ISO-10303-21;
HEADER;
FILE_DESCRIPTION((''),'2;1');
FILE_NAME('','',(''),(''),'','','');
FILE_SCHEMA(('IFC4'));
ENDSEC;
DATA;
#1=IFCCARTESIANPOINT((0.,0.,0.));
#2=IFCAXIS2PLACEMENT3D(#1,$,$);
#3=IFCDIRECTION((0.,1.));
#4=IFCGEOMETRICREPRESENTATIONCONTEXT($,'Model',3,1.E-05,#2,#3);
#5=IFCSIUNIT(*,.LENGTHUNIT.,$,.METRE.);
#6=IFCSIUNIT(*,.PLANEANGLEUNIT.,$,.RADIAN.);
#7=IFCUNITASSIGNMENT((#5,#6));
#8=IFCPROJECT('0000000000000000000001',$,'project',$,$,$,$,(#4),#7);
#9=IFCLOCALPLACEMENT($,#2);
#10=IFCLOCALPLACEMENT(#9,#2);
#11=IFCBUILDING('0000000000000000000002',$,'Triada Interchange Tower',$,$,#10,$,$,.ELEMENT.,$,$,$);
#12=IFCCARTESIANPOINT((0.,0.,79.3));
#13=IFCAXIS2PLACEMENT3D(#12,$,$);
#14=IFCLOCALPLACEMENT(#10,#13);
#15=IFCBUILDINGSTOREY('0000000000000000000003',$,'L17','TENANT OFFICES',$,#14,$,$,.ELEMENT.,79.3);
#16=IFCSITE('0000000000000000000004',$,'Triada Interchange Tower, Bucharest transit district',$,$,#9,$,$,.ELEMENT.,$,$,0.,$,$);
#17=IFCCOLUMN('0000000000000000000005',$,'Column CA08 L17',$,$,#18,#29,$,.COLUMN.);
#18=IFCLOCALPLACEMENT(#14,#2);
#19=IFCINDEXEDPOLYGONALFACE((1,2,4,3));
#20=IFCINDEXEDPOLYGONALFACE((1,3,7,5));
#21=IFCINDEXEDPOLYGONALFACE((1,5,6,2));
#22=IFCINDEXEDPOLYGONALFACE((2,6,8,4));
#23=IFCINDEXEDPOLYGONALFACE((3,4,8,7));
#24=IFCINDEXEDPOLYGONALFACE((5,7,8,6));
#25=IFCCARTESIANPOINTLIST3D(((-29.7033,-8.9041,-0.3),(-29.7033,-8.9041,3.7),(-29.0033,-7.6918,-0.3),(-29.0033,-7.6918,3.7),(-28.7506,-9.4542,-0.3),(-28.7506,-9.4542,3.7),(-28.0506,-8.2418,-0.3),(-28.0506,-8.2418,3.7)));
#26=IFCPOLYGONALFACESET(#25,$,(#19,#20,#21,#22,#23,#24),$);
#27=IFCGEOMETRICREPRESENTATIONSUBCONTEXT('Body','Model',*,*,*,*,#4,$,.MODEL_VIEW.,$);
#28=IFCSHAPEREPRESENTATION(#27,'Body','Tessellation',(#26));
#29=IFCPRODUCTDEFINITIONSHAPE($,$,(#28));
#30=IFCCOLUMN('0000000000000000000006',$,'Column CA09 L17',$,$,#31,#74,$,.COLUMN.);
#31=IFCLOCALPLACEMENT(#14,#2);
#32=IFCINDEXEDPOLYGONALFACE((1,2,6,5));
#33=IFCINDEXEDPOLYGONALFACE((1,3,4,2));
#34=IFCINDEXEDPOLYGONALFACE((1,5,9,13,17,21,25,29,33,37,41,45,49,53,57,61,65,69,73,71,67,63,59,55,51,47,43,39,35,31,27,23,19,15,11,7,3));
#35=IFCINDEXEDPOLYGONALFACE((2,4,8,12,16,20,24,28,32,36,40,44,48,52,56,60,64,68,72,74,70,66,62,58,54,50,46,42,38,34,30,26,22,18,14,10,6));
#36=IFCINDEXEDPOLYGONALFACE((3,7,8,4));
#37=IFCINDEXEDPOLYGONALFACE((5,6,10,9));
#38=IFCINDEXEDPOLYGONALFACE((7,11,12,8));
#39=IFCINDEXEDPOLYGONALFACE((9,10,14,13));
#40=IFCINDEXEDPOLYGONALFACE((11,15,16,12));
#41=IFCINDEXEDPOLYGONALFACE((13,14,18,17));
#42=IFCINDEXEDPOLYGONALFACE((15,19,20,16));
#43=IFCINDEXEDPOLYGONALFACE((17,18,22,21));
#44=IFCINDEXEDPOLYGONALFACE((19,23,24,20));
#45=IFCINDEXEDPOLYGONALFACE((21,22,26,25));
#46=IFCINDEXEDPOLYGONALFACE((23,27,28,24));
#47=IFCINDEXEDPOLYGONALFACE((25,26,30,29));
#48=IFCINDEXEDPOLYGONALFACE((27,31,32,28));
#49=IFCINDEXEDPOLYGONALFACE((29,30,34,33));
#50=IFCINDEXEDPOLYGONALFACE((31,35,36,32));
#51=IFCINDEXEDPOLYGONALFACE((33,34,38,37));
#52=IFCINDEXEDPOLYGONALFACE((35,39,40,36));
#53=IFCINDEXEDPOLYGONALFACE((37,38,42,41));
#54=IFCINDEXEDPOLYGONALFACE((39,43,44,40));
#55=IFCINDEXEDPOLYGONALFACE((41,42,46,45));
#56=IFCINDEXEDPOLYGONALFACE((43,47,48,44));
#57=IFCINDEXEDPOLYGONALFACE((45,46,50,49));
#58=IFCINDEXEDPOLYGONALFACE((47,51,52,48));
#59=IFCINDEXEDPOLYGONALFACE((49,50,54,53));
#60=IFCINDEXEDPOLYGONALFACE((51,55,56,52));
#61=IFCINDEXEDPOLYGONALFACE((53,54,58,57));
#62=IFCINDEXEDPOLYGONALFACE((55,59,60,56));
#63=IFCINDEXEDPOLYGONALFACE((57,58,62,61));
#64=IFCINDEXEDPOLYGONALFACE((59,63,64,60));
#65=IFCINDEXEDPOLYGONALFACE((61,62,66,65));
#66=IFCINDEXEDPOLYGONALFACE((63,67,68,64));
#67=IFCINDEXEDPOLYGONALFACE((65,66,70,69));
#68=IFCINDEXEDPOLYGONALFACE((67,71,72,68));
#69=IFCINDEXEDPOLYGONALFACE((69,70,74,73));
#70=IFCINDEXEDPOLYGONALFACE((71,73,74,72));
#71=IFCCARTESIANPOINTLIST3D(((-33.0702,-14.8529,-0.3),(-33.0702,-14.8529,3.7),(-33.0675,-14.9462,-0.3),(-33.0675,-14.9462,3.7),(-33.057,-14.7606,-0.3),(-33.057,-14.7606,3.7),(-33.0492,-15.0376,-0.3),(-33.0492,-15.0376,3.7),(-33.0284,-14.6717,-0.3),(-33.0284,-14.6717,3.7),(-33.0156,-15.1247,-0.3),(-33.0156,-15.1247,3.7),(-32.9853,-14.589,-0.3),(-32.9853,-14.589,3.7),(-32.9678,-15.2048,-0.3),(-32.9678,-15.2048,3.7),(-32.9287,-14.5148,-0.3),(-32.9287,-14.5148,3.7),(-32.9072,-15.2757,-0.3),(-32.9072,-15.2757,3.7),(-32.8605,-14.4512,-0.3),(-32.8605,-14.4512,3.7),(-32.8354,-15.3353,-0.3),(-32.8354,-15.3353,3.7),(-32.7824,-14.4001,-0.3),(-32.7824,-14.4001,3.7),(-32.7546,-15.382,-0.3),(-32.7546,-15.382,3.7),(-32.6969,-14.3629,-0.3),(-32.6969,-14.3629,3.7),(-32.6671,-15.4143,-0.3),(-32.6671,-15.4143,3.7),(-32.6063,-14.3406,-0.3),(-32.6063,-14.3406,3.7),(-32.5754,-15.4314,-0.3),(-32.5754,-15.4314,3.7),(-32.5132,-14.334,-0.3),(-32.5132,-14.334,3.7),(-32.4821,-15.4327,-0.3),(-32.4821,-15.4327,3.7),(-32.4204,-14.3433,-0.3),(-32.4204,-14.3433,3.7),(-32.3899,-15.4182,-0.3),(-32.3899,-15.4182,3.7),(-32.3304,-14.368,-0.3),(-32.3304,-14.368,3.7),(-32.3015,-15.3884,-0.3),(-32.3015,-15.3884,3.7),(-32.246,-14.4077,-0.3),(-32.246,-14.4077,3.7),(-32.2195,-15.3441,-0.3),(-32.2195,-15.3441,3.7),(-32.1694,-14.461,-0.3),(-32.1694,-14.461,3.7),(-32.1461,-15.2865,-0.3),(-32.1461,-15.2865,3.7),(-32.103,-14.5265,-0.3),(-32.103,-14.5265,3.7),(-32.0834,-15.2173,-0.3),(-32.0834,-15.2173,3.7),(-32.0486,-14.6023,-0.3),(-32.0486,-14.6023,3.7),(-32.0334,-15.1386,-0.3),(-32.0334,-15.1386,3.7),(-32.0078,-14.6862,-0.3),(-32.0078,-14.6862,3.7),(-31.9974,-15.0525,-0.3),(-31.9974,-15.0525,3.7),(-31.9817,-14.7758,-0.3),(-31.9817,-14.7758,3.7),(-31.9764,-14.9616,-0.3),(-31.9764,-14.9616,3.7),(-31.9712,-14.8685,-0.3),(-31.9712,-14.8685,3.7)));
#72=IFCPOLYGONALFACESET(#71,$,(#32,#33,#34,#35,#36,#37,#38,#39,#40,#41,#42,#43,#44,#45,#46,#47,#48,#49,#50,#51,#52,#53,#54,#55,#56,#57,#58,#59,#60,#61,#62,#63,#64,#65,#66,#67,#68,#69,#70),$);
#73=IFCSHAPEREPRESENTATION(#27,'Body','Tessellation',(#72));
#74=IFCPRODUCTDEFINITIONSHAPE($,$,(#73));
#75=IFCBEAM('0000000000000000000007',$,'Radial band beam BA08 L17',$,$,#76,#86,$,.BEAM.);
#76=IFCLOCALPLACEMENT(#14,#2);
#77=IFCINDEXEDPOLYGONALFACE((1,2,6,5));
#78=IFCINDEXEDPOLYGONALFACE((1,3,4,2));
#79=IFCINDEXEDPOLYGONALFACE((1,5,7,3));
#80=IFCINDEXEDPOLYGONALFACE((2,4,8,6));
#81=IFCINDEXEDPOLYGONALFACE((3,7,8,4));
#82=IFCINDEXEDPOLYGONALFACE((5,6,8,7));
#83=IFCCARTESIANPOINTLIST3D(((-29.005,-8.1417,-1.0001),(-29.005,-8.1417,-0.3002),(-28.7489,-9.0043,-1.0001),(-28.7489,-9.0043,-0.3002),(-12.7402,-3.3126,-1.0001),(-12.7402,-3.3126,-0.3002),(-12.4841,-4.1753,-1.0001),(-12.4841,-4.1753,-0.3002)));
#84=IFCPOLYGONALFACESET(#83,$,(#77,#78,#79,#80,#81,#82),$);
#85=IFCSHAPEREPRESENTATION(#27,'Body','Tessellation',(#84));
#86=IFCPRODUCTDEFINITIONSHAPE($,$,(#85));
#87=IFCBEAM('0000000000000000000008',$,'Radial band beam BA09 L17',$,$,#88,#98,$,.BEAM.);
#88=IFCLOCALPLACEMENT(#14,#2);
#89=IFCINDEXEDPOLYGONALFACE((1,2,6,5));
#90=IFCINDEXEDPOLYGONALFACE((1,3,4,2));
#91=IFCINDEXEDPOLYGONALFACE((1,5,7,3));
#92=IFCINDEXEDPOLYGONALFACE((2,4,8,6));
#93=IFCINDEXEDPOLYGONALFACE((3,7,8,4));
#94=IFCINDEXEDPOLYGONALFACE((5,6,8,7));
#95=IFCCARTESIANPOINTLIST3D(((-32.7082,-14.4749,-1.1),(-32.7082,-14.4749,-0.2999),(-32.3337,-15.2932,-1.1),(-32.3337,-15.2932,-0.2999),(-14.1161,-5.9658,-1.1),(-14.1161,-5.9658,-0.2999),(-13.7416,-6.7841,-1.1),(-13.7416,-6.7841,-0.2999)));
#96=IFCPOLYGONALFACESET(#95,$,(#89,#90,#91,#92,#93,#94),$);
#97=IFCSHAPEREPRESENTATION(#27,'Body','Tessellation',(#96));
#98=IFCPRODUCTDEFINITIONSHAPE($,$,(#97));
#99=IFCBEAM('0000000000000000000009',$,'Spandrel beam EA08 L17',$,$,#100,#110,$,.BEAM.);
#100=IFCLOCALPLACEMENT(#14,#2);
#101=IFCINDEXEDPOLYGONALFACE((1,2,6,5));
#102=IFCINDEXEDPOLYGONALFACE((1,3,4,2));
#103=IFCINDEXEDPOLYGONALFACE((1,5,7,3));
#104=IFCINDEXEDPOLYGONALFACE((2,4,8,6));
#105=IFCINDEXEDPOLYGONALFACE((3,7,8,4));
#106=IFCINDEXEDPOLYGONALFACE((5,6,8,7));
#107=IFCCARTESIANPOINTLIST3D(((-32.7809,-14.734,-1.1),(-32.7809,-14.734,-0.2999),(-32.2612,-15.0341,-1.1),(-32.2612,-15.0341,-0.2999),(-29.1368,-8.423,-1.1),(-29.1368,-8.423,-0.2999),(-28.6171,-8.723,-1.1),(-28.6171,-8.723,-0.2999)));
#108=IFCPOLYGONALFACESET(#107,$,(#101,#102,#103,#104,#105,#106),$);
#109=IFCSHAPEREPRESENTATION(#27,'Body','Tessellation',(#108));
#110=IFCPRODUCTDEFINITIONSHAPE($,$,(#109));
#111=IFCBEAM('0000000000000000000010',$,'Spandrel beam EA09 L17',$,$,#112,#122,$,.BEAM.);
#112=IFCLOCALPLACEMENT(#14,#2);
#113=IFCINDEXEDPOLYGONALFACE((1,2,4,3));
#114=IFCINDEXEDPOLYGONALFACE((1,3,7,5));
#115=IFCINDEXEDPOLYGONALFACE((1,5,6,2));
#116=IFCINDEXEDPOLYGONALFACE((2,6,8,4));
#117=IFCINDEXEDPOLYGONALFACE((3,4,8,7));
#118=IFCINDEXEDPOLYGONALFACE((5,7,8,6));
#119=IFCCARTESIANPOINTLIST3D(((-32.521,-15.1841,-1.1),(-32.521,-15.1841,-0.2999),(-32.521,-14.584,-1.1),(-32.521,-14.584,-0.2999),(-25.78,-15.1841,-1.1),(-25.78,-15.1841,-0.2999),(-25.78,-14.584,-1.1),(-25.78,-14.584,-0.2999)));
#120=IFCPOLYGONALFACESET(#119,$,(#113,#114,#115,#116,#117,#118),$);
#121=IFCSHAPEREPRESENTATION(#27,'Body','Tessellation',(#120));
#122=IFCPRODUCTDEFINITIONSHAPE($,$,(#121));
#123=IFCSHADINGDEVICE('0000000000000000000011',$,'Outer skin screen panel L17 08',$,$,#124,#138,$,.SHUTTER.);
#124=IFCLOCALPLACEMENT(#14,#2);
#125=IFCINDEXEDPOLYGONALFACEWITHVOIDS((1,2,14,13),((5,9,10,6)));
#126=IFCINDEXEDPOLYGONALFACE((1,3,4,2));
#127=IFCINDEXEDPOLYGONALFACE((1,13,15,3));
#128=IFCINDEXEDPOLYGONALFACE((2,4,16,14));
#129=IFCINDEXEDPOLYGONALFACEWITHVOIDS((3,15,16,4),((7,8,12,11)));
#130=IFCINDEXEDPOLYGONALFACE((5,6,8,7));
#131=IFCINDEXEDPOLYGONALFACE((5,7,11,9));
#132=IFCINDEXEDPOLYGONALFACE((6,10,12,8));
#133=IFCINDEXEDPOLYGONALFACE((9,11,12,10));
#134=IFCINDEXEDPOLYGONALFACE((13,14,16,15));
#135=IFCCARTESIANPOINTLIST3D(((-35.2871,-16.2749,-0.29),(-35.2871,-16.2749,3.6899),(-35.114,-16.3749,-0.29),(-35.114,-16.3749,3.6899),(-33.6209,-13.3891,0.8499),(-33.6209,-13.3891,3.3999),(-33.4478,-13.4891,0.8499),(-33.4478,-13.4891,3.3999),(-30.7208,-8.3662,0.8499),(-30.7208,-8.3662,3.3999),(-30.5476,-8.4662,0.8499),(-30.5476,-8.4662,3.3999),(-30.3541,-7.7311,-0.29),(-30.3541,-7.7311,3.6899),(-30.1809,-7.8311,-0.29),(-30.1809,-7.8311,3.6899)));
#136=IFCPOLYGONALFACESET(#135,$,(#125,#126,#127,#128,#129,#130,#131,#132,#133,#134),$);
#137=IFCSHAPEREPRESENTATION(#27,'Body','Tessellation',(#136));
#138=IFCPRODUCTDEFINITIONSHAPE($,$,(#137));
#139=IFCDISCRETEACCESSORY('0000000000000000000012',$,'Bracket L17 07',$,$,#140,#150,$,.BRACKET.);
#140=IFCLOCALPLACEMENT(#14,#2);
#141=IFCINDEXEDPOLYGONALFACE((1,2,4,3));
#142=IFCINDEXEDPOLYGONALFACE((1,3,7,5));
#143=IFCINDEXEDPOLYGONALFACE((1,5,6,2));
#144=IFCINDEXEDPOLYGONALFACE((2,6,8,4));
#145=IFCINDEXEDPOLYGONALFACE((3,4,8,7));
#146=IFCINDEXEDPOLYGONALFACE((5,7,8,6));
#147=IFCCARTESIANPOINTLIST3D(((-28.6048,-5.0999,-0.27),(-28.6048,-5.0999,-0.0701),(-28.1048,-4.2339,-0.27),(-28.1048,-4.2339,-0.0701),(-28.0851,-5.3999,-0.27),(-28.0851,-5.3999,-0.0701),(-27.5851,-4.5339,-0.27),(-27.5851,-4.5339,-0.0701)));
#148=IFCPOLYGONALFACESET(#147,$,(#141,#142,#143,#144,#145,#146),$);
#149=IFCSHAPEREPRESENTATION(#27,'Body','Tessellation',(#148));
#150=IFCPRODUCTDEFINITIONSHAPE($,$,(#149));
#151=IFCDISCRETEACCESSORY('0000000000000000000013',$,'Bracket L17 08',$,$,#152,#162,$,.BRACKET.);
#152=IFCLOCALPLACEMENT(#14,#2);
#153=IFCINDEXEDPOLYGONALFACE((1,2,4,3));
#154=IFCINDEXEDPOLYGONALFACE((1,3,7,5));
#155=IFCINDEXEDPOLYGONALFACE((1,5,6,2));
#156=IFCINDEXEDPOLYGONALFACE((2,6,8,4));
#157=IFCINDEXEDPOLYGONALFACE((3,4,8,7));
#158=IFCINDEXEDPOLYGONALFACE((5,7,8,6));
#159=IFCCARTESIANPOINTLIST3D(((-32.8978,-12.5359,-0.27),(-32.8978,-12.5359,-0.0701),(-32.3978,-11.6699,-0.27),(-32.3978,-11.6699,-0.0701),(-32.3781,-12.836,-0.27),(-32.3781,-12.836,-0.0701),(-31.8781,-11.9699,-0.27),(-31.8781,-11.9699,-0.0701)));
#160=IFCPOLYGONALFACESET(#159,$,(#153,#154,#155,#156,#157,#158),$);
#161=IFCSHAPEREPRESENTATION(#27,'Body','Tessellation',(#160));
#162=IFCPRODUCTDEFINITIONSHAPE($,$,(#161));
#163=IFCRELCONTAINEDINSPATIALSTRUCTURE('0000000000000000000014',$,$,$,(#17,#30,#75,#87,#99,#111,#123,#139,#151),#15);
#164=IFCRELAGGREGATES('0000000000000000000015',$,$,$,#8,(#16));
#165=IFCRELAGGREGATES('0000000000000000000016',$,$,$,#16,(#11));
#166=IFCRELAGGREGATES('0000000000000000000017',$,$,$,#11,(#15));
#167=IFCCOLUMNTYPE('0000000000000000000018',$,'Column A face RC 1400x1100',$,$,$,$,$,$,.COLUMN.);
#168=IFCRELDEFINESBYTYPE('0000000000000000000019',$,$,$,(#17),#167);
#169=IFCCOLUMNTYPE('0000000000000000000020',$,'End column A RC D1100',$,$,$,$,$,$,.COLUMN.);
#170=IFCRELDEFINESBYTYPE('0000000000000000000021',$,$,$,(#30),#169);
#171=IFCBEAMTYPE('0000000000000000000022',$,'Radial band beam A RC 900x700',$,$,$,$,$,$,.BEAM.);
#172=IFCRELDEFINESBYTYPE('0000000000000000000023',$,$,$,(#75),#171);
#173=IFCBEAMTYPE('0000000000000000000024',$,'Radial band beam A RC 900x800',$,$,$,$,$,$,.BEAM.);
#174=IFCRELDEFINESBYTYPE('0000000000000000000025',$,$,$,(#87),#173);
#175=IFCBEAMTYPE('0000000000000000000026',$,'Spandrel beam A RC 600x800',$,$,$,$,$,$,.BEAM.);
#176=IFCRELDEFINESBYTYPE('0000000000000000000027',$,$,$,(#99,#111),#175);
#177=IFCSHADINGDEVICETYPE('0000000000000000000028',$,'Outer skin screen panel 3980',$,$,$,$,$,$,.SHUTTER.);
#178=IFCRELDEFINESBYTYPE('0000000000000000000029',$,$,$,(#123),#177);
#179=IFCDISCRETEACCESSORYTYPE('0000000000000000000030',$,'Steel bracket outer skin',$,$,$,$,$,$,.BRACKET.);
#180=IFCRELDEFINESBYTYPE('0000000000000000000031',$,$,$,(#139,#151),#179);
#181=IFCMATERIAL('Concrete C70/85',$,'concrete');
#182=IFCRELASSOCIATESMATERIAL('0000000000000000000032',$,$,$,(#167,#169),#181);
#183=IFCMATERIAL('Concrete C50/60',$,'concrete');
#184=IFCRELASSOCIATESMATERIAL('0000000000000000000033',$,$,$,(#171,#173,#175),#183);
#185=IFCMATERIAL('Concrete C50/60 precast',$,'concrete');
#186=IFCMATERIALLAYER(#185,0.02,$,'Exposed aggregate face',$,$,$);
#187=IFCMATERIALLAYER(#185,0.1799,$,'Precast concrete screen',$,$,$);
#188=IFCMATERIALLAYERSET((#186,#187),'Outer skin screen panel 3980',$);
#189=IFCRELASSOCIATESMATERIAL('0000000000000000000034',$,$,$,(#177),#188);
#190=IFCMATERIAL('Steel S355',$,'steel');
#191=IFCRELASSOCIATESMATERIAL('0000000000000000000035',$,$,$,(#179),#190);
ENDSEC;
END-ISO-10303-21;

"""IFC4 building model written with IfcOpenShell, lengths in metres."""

from ifc_helpers import new_model, si_unit, direction, frame, origin, origin_2d, place, context, subcontext, project, spatial, polyline, rectangle, circle, outline, extrude, material, layer, layer_set, material_profile, profile_set, type_object, element, save


model = new_model("IFC4")

# Units and contexts
model_context = context("Model", 3, precision=1e-05, world=origin(), true_north=direction((0.0, 1.0)))
body_context = subcontext(model_context, "Body", "Model", "MODEL_VIEW")
ifc_project = project(units=[si_unit("LENGTHUNIT", "METRE"), si_unit("PLANEANGLEUNIT", "RADIAN")], contexts=[model_context])

# Site, building, storey
site_placement = place(None, origin())
site = spatial("IfcSite", under=ifc_project, at=site_placement, Name="Triada Interchange Tower, Bucharest transit district", CompositionType="ELEMENT", RefElevation=0.0)
building_placement = place(site_placement, origin())
building = spatial("IfcBuilding", under=site, at=building_placement, Name="Triada Interchange Tower", CompositionType="ELEMENT")
storey_placement = place(building_placement, frame((0.0, 0.0, 79.3)))
storey = spatial("IfcBuildingStorey", under=building, at=storey_placement, Name="L17", Description="TENANT OFFICES", CompositionType="ELEMENT", Elevation=79.3)

# Columns
ifc_material_1 = material(Name="Concrete C70/85", Category="concrete")
ifc_material_profile_1 = material_profile(ifc_material_1, rectangle(XDim=1.3999, YDim=1.1001, at=origin_2d()), Name="RC 1400x1100")
ifc_profile_set_1 = profile_set([ifc_material_profile_1], Name="Concrete C70/85")
column_type_1 = type_object("IfcColumnType", Name="Column A face RC 1400x1100", PredefinedType="COLUMN", material=ifc_profile_set_1)
column_1_placement = place(storey_placement, frame((-28.877, -8.573, -0.3), z_axis=(0.0, 0.0, 1.0), x_axis=(0.5, 0.866025, 0.0)))
element("IfcColumn", 1, at=column_1_placement, inside=storey, type_object=column_type_1, Name="Column CA08 L17", PredefinedType="COLUMN", context=body_context, shape_type="SweptSolid", body=[
    extrude(rectangle(XDim=1.3999, YDim=1.1001, at=origin_2d()), origin(), (0.0, 0.0, 1.0), 4.0),
])
ifc_material_profile_2 = material_profile(ifc_material_1, circle(Radius=0.55, at=origin_2d()), Name="RC D1100")
ifc_profile_set_2 = profile_set([ifc_material_profile_2], Name="Concrete C70/85")
column_type_2 = type_object("IfcColumnType", Name="End column A RC D1100", PredefinedType="COLUMN", material=ifc_profile_set_2)
column_2_placement = place(storey_placement, frame((-32.521, -14.884, -0.3), z_axis=(0.0, 0.0, 1.0), x_axis=(0.5, 0.866025, 0.0)))
element("IfcColumn", 2, at=column_2_placement, inside=storey, type_object=column_type_2, Name="Column CA09 L17", PredefinedType="COLUMN", context=body_context, shape_type="SweptSolid", body=[
    extrude(circle(Radius=0.55, at=origin_2d()), origin(), (0.0, 0.0, 1.0), 4.0),
])

# Beams
ifc_material_2 = material(Name="Concrete C50/60", Category="concrete")
ifc_material_profile_3 = material_profile(ifc_material_2, rectangle(XDim=0.8999, YDim=0.7, at=origin_2d()), Name="RC 900x700")
ifc_profile_set_3 = profile_set([ifc_material_profile_3], Name="Concrete C50/60")
beam_type_1 = type_object("IfcBeamType", Name="Radial band beam A RC 900x700", PredefinedType="BEAM", material=ifc_profile_set_3)
beam_1_placement = place(storey_placement, frame((-28.877, -8.573, -0.6501), z_axis=(0.958639, 0.284623, 0.0), x_axis=(-0.284623, 0.958639, 0.0)))
element("IfcBeam", 3, at=beam_1_placement, inside=storey, type_object=beam_type_1, Name="Radial band beam BA08 L17", PredefinedType="BEAM", context=body_context, shape_type="SweptSolid", body=[
    extrude(rectangle(XDim=0.8999, YDim=0.7, at=origin_2d()), origin(), (0.0, 0.0, 1.0), 16.9666),
])
ifc_material_profile_4 = material_profile(ifc_material_2, rectangle(XDim=0.8999, YDim=0.8, at=origin_2d()), Name="RC 900x800")
ifc_profile_set_4 = profile_set([ifc_material_profile_4], Name="Concrete C50/60")
beam_type_2 = type_object("IfcBeamType", Name="Radial band beam A RC 900x800", PredefinedType="BEAM", material=ifc_profile_set_4)
beam_2_placement = place(storey_placement, frame((-32.521, -14.884, -0.7), z_axis=(0.909293, 0.416157, 0.0), x_axis=(-0.416157, 0.909293, 0.0)))
element("IfcBeam", 4, at=beam_2_placement, inside=storey, type_object=beam_type_2, Name="Radial band beam BA09 L17", PredefinedType="BEAM", context=body_context, shape_type="SweptSolid", body=[
    extrude(rectangle(XDim=0.8999, YDim=0.8, at=origin_2d()), origin(), (0.0, 0.0, 1.0), 20.4468),
])
ifc_material_profile_5 = material_profile(ifc_material_2, rectangle(XDim=0.6001, YDim=0.8, at=origin_2d()), Name="RC 600x800")
ifc_profile_set_5 = profile_set([ifc_material_profile_5], Name="Concrete C50/60")
beam_type_3 = type_object("IfcBeamType", Name="Spandrel beam A RC 600x800", PredefinedType="BEAM", material=ifc_profile_set_5)
beam_3_placement = place(storey_placement, frame((-28.877, -8.573, -0.7), z_axis=(-0.500038, -0.866004, 0.0), x_axis=(0.866004, -0.500038, 0.0)))
element("IfcBeam", 5, at=beam_3_placement, inside=storey, type_object=beam_type_3, Name="Spandrel beam EA08 L17", PredefinedType="BEAM", context=body_context, shape_type="SweptSolid", body=[
    extrude(rectangle(XDim=0.6001, YDim=0.8, at=origin_2d()), origin(), (0.0, 0.0, 1.0), 7.2876),
])
beam_4_placement = place(storey_placement, frame((-32.521, -14.884, -0.7), z_axis=(1.0, 0.0, 0.0), x_axis=(0.0, 1.0, 0.0)))
element("IfcBeam", 6, at=beam_4_placement, inside=storey, type_object=beam_type_3, Name="Spandrel beam EA09 L17", PredefinedType="BEAM", context=body_context, shape_type="SweptSolid", body=[
    extrude(rectangle(XDim=0.6001, YDim=0.8, at=origin_2d()), origin(), (0.0, 0.0, 1.0), 6.741),
])

# Shading device
ifc_material_3 = material(Name="Concrete C50/60 precast", Category="concrete")
ifc_layer_1 = layer(ifc_material_3, 0.02, Name="Exposed aggregate face")
ifc_layer_2 = layer(ifc_material_3, 0.1799, Name="Precast concrete screen")
ifc_layer_set = layer_set([ifc_layer_1, ifc_layer_2], Name="Outer skin screen panel 3980")
shading_device_type = type_object("IfcShadingDeviceType", Name="Outer skin screen panel 3980", PredefinedType="SHUTTER", material=ifc_layer_set)
shading_device_placement = place(storey_placement, frame((-30.1809, -7.8311, -0.29), z_axis=(0.0, 0.0, 1.0), x_axis=(-0.500019, -0.866014, 0.0)))
element("IfcShadingDevice", 7, at=shading_device_placement, inside=storey, type_object=shading_device_type, Name="Outer skin screen panel L17 08", PredefinedType="SHUTTER", context=body_context, shape_type="SweptSolid", body=[
    extrude(outline(polyline([(0.0, 0.0), (9.8657, 0.0), (9.8657, 3.98), (0.0, 3.98), (0.0, 0.0)]), holes=[polyline([(0.7334, 1.1399), (0.7334, 3.6899), (6.5334, 3.6899), (6.5334, 1.1399), (0.7334, 1.1399)])]), frame((0.0, 0.0, 0.0), z_axis=(0.0, -1.0, 0.0), x_axis=(1.0, 0.0, 0.0)), (0.0, 0.0, 1.0), 0.2),
])

# Discrete accessories
ifc_material_4 = material(Name="Steel S355", Category="steel")
discrete_accessory_type = type_object("IfcDiscreteAccessoryType", Name="Steel bracket outer skin", PredefinedType="BRACKET", material=ifc_material_4)
for number, where, z_axis, x_axis, name in (
    (8, (-28.095, -4.8169, -0.27), (0.0, 0.0, 1.0), (-0.866027, 0.499997, 0.0), "Bracket L17 07"),
    (9, (-32.3879, -12.2529, -0.27), (0.0, 0.0, 1.0), (-0.866027, 0.499997, 0.0), "Bracket L17 08"),
):
    element("IfcDiscreteAccessory", number, at=place(storey_placement, frame(where, z_axis=z_axis, x_axis=x_axis)), inside=storey, type_object=discrete_accessory_type, Name=name, PredefinedType="BRACKET", context=body_context, shape_type="SweptSolid", body=[
        extrude(rectangle(XDim=0.6001, YDim=1.0, at=origin_2d()), origin(), (0.0, 0.0, 1.0), 0.2),
    ])

save(model, "model.ifc")
